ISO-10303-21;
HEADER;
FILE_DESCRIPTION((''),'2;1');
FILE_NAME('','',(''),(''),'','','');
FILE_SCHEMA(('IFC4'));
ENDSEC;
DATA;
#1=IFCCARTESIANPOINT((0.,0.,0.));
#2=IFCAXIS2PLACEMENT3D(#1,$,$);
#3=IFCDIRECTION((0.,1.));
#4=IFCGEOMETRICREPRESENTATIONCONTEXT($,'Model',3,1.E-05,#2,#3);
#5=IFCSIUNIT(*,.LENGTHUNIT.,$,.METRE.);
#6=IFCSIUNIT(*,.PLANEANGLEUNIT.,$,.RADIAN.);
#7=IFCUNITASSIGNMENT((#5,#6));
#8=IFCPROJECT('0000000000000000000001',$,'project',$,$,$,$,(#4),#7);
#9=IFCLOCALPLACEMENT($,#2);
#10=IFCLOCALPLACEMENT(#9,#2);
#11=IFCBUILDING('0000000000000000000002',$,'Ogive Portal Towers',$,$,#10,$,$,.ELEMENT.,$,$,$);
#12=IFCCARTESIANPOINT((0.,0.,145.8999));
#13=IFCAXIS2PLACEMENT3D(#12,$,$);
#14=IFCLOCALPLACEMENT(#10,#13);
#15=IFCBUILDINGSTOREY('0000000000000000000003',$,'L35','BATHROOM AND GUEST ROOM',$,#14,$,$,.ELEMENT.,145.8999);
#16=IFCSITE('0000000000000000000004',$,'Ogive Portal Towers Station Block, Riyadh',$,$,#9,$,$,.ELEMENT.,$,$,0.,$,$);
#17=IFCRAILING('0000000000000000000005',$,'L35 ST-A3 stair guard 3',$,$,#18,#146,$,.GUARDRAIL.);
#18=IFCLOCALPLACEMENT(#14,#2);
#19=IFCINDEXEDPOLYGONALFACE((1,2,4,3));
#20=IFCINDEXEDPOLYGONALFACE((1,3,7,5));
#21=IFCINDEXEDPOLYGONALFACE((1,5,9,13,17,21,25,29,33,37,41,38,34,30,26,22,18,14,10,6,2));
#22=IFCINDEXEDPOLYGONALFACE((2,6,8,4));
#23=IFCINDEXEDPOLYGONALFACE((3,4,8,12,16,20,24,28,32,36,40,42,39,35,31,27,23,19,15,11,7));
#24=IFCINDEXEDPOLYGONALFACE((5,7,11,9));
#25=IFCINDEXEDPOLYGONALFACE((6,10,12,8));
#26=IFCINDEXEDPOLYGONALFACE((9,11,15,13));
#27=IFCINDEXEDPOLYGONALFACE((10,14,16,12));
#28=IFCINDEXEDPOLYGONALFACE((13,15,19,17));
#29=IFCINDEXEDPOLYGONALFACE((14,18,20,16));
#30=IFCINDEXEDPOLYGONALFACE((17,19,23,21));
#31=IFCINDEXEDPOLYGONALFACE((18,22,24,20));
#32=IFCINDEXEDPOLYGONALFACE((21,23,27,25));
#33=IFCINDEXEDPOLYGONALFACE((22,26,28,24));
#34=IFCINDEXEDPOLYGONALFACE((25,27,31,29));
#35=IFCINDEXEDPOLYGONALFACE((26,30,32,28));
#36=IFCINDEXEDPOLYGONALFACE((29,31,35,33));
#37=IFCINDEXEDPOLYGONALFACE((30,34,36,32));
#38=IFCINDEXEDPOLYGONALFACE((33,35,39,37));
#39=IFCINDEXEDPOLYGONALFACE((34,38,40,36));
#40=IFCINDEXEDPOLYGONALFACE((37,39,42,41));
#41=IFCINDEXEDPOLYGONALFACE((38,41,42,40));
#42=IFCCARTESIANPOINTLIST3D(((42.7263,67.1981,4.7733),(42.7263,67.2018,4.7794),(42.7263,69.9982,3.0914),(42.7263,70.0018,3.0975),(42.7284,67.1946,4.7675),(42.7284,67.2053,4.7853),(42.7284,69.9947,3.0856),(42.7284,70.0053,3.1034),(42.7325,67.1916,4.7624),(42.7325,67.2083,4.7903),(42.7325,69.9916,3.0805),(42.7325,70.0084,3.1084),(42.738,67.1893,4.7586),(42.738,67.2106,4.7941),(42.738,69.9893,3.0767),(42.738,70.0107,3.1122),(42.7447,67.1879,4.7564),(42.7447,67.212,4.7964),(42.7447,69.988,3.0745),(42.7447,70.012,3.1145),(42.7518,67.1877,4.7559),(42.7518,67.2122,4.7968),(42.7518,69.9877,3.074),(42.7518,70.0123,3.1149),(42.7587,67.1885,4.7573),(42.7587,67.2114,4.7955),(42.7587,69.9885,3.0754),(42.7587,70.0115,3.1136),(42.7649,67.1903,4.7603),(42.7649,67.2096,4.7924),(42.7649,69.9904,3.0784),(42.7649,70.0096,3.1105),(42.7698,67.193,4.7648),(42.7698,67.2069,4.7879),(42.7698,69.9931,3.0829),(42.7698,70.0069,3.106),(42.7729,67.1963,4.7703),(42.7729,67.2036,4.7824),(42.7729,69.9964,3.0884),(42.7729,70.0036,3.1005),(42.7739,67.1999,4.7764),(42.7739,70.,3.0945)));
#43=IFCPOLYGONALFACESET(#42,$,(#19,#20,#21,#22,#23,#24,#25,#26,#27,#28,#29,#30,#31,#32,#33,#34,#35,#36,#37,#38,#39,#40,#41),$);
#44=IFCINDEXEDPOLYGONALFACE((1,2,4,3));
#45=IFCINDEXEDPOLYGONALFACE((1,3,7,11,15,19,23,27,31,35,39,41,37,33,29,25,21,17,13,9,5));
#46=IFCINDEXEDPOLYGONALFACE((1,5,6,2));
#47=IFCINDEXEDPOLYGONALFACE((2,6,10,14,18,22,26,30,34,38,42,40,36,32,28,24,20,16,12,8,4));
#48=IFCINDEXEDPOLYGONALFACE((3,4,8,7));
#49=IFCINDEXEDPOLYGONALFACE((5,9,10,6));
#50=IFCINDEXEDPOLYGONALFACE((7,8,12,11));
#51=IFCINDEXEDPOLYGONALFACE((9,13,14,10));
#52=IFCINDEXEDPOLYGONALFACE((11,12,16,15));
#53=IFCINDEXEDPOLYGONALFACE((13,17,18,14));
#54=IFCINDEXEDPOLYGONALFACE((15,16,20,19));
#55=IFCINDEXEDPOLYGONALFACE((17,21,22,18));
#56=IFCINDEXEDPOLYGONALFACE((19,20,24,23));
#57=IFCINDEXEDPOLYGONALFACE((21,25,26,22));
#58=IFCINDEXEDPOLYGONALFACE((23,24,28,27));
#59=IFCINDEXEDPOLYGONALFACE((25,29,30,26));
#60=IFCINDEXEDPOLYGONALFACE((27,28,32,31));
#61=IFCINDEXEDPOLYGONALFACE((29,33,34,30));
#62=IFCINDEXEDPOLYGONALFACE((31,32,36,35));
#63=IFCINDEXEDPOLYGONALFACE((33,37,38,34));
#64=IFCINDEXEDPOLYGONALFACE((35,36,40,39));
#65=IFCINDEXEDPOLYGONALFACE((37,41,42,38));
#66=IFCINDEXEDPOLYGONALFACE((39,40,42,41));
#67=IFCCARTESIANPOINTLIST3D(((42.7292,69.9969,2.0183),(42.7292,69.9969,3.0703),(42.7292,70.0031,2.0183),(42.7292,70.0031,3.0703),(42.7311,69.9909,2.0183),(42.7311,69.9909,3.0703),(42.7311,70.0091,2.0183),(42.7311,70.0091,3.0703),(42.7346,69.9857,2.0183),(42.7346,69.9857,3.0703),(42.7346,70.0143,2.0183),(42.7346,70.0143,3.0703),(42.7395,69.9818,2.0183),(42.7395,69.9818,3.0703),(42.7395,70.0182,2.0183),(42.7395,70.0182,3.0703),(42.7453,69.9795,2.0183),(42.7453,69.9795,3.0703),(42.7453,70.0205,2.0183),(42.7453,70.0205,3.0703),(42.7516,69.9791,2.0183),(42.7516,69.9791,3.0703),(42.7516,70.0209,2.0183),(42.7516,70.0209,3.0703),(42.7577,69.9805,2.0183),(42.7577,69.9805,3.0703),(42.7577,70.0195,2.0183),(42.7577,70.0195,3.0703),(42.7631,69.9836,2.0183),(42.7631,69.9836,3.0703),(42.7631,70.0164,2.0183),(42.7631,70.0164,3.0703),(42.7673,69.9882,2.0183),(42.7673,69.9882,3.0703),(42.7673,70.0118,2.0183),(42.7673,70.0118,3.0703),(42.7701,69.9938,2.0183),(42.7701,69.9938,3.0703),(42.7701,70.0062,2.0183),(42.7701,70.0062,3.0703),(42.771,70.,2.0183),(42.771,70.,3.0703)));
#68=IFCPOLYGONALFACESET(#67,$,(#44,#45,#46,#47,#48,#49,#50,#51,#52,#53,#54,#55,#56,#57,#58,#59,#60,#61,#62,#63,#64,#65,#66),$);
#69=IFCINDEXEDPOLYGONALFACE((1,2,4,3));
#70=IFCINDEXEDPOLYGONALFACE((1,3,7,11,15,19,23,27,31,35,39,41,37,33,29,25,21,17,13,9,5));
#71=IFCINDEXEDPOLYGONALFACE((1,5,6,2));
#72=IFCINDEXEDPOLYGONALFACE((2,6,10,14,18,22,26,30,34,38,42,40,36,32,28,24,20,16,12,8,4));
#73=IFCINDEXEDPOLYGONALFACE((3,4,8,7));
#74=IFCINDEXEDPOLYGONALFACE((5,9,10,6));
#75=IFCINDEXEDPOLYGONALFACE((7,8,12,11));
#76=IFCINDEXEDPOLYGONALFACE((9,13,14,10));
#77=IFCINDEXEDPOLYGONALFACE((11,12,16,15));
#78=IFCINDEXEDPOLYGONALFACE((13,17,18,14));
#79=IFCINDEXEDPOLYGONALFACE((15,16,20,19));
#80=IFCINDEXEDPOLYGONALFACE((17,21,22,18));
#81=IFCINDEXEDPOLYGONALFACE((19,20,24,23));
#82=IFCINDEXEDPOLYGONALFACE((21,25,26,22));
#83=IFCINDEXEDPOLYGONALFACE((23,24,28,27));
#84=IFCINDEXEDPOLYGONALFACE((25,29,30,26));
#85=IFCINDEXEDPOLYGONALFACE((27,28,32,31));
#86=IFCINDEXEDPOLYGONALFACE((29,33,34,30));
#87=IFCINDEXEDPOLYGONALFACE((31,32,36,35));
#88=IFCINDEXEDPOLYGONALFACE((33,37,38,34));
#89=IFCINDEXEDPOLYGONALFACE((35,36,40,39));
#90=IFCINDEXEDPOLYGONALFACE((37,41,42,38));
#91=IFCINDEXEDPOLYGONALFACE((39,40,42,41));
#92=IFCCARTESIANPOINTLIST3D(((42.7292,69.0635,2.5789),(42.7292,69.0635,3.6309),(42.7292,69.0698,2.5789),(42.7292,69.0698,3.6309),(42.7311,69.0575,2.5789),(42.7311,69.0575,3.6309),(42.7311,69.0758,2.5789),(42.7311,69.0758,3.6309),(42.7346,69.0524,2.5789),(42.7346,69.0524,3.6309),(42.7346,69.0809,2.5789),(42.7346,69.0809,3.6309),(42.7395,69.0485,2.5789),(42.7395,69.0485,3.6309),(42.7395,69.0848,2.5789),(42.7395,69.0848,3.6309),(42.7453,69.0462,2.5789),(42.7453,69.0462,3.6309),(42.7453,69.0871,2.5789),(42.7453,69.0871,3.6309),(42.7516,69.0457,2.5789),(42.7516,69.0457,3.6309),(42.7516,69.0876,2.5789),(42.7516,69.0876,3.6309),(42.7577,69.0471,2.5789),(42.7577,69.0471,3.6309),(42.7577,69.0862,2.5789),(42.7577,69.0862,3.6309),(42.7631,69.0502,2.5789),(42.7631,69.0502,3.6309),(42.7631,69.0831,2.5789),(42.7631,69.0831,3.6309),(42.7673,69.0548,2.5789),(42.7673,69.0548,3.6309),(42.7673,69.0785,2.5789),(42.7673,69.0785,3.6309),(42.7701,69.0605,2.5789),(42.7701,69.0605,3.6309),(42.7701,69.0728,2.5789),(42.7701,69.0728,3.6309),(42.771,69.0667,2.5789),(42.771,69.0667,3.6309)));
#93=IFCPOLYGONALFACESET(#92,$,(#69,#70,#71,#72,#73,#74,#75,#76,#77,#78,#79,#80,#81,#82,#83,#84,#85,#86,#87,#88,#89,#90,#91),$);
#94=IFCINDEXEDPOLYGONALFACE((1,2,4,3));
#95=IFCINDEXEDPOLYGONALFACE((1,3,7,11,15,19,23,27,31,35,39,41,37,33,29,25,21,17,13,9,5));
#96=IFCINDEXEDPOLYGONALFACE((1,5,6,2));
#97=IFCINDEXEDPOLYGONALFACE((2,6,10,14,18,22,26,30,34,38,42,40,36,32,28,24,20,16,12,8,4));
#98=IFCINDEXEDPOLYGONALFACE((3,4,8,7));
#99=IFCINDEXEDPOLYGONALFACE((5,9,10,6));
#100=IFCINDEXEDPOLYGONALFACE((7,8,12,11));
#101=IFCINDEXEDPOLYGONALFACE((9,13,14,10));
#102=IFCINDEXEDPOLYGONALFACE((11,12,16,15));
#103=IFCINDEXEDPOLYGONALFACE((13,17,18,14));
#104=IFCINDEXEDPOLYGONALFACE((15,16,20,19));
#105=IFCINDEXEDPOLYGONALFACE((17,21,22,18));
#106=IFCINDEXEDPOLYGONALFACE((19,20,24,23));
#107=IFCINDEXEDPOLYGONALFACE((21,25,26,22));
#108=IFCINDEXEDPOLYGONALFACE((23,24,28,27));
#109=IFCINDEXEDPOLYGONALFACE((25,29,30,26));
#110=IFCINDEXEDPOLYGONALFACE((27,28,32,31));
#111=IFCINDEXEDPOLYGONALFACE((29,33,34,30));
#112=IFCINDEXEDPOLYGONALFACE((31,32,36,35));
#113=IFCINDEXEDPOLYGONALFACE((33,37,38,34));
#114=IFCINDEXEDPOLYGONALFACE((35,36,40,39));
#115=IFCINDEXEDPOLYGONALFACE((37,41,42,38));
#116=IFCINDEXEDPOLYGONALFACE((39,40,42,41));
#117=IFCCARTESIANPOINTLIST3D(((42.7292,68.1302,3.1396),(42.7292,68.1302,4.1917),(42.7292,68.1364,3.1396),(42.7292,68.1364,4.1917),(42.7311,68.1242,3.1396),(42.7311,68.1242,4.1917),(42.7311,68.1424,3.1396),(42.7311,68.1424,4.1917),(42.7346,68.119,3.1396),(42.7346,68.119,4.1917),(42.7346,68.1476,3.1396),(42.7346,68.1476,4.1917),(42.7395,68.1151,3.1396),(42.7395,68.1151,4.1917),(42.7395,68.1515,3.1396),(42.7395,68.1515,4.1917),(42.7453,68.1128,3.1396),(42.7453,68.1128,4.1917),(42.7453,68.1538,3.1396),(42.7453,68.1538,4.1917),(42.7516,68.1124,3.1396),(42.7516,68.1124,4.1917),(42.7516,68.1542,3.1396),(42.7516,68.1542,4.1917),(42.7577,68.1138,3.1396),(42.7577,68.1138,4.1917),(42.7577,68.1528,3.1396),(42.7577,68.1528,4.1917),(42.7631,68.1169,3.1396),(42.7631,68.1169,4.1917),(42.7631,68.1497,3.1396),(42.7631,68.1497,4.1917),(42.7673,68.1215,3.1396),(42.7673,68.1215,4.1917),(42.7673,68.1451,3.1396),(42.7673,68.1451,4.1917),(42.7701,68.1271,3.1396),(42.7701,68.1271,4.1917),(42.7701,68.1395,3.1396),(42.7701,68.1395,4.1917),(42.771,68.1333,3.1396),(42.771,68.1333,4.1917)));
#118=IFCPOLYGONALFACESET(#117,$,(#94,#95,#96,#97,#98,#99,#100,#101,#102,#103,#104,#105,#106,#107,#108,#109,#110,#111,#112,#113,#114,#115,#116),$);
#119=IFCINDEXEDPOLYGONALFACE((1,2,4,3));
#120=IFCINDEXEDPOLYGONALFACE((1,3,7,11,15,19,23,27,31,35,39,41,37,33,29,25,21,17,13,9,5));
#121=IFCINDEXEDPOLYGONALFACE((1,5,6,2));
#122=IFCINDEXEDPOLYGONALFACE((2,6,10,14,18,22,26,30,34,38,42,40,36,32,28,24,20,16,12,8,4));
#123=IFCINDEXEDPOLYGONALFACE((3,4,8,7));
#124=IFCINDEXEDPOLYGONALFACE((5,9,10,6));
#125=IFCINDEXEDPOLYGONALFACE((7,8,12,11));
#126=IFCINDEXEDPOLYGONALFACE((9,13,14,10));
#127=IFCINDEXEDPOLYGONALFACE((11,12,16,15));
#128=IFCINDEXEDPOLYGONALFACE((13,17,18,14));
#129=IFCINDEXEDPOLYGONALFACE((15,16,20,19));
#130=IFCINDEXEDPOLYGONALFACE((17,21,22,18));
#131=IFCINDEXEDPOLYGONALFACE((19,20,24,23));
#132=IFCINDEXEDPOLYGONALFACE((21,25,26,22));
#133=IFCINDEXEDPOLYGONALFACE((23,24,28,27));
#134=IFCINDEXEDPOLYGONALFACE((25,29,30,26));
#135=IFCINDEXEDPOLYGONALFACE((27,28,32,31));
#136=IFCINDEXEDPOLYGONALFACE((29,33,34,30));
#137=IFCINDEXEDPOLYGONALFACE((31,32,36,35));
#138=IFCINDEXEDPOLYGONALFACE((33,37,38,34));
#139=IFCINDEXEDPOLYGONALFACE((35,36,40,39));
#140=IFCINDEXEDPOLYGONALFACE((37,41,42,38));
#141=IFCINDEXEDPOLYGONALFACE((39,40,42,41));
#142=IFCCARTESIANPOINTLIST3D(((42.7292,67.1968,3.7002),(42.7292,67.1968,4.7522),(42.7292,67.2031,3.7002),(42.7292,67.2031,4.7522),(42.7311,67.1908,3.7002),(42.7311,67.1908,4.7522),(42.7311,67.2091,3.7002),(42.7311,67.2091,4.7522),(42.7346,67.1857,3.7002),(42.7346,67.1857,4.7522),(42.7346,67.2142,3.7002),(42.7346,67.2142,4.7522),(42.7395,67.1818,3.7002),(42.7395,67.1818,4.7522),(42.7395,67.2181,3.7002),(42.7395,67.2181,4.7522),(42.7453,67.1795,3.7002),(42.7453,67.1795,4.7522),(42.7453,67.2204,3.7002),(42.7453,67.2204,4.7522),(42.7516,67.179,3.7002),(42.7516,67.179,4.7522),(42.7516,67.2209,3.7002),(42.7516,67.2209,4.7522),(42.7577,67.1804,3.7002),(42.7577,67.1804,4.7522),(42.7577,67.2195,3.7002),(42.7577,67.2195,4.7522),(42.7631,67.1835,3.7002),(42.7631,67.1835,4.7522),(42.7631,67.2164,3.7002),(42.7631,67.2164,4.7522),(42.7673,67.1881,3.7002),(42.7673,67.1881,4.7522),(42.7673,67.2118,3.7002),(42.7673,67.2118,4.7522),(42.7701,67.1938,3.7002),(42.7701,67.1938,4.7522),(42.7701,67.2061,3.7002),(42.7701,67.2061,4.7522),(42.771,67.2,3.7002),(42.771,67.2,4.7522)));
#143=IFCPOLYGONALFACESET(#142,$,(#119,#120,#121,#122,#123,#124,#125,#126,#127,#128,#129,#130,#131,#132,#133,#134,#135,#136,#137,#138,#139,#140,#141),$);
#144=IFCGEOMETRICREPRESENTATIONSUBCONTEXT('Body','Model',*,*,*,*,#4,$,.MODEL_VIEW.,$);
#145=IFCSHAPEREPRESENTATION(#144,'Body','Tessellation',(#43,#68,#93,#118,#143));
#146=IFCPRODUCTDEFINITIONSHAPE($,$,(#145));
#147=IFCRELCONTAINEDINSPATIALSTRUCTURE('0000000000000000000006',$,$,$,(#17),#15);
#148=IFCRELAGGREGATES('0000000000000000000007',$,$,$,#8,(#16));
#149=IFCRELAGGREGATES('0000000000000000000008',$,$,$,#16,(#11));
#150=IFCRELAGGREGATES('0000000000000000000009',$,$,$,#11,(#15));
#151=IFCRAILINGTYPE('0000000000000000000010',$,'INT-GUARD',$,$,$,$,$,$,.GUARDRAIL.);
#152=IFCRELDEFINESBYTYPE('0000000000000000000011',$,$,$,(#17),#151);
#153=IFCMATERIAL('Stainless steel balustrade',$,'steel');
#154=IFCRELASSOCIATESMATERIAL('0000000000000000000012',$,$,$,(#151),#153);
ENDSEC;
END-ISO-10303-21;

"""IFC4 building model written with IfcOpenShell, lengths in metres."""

from ifc_helpers import new_model, si_unit, direction, frame, origin, origin_2d, place, context, subcontext, project, spatial, circle, extrude, material, type_object, element, save


model = new_model("IFC4")

# Units and contexts
model_context = context("Model", 3, precision=1e-05, world=origin(), true_north=direction((0.0, 1.0)))
body_context = subcontext(model_context, "Body", "Model", "MODEL_VIEW")
ifc_project = project(units=[si_unit("LENGTHUNIT", "METRE"), si_unit("PLANEANGLEUNIT", "RADIAN")], contexts=[model_context])

# Site, building, storey
site_placement = place(None, origin())
site = spatial("IfcSite", under=ifc_project, at=site_placement, Name="Ogive Portal Towers Station Block, Riyadh", CompositionType="ELEMENT", RefElevation=0.0)
building_placement = place(site_placement, origin())
building = spatial("IfcBuilding", under=site, at=building_placement, Name="Ogive Portal Towers", CompositionType="ELEMENT")
storey_placement = place(building_placement, frame((0.0, 0.0, 145.8999)))
storey = spatial("IfcBuildingStorey", under=building, at=storey_placement, Name="L35", Description="BATHROOM AND GUEST ROOM", CompositionType="ELEMENT", Elevation=145.8999)

# Railing
ifc_material_1 = material(Name="Stainless steel balustrade", Category="steel")
railing_type_1 = type_object("IfcRailingType", Name="INT-GUARD", PredefinedType="GUARDRAIL", material=ifc_material_1)
railing_1_placement = place(storey_placement, frame((42.75, 70.0, 2.0183)))
element("IfcRailing", 1, at=railing_1_placement, inside=storey, type_object=railing_type_1, Name="L35 ST-A3 stair guard 3", PredefinedType="GUARDRAIL", context=body_context, shape_type="SweptSolid", body=[
    extrude(circle(Radius=0.0239, at=origin_2d()), frame((0.0, 0.0, 1.0762), z_axis=(0.0, -0.857242, 0.514913), x_axis=(1.0, 0.0, 0.0)), (0.0, 0.0, 1.0), 3.2664),
    extrude(circle(Radius=0.021, at=origin_2d()), origin(), (0.0, 0.0, 1.0), 1.052),
    extrude(circle(Radius=0.021, at=origin_2d()), frame((0.0, -0.9333, 0.5605)), (0.0, 0.0, 1.0), 1.052),
    extrude(circle(Radius=0.021, at=origin_2d()), frame((0.0, -1.8667, 1.1213)), (0.0, 0.0, 1.0), 1.052),
    extrude(circle(Radius=0.021, at=origin_2d()), frame((0.0, -2.8, 1.6819)), (0.0, 0.0, 1.0), 1.052),
])

save(model, "model.ifc")
